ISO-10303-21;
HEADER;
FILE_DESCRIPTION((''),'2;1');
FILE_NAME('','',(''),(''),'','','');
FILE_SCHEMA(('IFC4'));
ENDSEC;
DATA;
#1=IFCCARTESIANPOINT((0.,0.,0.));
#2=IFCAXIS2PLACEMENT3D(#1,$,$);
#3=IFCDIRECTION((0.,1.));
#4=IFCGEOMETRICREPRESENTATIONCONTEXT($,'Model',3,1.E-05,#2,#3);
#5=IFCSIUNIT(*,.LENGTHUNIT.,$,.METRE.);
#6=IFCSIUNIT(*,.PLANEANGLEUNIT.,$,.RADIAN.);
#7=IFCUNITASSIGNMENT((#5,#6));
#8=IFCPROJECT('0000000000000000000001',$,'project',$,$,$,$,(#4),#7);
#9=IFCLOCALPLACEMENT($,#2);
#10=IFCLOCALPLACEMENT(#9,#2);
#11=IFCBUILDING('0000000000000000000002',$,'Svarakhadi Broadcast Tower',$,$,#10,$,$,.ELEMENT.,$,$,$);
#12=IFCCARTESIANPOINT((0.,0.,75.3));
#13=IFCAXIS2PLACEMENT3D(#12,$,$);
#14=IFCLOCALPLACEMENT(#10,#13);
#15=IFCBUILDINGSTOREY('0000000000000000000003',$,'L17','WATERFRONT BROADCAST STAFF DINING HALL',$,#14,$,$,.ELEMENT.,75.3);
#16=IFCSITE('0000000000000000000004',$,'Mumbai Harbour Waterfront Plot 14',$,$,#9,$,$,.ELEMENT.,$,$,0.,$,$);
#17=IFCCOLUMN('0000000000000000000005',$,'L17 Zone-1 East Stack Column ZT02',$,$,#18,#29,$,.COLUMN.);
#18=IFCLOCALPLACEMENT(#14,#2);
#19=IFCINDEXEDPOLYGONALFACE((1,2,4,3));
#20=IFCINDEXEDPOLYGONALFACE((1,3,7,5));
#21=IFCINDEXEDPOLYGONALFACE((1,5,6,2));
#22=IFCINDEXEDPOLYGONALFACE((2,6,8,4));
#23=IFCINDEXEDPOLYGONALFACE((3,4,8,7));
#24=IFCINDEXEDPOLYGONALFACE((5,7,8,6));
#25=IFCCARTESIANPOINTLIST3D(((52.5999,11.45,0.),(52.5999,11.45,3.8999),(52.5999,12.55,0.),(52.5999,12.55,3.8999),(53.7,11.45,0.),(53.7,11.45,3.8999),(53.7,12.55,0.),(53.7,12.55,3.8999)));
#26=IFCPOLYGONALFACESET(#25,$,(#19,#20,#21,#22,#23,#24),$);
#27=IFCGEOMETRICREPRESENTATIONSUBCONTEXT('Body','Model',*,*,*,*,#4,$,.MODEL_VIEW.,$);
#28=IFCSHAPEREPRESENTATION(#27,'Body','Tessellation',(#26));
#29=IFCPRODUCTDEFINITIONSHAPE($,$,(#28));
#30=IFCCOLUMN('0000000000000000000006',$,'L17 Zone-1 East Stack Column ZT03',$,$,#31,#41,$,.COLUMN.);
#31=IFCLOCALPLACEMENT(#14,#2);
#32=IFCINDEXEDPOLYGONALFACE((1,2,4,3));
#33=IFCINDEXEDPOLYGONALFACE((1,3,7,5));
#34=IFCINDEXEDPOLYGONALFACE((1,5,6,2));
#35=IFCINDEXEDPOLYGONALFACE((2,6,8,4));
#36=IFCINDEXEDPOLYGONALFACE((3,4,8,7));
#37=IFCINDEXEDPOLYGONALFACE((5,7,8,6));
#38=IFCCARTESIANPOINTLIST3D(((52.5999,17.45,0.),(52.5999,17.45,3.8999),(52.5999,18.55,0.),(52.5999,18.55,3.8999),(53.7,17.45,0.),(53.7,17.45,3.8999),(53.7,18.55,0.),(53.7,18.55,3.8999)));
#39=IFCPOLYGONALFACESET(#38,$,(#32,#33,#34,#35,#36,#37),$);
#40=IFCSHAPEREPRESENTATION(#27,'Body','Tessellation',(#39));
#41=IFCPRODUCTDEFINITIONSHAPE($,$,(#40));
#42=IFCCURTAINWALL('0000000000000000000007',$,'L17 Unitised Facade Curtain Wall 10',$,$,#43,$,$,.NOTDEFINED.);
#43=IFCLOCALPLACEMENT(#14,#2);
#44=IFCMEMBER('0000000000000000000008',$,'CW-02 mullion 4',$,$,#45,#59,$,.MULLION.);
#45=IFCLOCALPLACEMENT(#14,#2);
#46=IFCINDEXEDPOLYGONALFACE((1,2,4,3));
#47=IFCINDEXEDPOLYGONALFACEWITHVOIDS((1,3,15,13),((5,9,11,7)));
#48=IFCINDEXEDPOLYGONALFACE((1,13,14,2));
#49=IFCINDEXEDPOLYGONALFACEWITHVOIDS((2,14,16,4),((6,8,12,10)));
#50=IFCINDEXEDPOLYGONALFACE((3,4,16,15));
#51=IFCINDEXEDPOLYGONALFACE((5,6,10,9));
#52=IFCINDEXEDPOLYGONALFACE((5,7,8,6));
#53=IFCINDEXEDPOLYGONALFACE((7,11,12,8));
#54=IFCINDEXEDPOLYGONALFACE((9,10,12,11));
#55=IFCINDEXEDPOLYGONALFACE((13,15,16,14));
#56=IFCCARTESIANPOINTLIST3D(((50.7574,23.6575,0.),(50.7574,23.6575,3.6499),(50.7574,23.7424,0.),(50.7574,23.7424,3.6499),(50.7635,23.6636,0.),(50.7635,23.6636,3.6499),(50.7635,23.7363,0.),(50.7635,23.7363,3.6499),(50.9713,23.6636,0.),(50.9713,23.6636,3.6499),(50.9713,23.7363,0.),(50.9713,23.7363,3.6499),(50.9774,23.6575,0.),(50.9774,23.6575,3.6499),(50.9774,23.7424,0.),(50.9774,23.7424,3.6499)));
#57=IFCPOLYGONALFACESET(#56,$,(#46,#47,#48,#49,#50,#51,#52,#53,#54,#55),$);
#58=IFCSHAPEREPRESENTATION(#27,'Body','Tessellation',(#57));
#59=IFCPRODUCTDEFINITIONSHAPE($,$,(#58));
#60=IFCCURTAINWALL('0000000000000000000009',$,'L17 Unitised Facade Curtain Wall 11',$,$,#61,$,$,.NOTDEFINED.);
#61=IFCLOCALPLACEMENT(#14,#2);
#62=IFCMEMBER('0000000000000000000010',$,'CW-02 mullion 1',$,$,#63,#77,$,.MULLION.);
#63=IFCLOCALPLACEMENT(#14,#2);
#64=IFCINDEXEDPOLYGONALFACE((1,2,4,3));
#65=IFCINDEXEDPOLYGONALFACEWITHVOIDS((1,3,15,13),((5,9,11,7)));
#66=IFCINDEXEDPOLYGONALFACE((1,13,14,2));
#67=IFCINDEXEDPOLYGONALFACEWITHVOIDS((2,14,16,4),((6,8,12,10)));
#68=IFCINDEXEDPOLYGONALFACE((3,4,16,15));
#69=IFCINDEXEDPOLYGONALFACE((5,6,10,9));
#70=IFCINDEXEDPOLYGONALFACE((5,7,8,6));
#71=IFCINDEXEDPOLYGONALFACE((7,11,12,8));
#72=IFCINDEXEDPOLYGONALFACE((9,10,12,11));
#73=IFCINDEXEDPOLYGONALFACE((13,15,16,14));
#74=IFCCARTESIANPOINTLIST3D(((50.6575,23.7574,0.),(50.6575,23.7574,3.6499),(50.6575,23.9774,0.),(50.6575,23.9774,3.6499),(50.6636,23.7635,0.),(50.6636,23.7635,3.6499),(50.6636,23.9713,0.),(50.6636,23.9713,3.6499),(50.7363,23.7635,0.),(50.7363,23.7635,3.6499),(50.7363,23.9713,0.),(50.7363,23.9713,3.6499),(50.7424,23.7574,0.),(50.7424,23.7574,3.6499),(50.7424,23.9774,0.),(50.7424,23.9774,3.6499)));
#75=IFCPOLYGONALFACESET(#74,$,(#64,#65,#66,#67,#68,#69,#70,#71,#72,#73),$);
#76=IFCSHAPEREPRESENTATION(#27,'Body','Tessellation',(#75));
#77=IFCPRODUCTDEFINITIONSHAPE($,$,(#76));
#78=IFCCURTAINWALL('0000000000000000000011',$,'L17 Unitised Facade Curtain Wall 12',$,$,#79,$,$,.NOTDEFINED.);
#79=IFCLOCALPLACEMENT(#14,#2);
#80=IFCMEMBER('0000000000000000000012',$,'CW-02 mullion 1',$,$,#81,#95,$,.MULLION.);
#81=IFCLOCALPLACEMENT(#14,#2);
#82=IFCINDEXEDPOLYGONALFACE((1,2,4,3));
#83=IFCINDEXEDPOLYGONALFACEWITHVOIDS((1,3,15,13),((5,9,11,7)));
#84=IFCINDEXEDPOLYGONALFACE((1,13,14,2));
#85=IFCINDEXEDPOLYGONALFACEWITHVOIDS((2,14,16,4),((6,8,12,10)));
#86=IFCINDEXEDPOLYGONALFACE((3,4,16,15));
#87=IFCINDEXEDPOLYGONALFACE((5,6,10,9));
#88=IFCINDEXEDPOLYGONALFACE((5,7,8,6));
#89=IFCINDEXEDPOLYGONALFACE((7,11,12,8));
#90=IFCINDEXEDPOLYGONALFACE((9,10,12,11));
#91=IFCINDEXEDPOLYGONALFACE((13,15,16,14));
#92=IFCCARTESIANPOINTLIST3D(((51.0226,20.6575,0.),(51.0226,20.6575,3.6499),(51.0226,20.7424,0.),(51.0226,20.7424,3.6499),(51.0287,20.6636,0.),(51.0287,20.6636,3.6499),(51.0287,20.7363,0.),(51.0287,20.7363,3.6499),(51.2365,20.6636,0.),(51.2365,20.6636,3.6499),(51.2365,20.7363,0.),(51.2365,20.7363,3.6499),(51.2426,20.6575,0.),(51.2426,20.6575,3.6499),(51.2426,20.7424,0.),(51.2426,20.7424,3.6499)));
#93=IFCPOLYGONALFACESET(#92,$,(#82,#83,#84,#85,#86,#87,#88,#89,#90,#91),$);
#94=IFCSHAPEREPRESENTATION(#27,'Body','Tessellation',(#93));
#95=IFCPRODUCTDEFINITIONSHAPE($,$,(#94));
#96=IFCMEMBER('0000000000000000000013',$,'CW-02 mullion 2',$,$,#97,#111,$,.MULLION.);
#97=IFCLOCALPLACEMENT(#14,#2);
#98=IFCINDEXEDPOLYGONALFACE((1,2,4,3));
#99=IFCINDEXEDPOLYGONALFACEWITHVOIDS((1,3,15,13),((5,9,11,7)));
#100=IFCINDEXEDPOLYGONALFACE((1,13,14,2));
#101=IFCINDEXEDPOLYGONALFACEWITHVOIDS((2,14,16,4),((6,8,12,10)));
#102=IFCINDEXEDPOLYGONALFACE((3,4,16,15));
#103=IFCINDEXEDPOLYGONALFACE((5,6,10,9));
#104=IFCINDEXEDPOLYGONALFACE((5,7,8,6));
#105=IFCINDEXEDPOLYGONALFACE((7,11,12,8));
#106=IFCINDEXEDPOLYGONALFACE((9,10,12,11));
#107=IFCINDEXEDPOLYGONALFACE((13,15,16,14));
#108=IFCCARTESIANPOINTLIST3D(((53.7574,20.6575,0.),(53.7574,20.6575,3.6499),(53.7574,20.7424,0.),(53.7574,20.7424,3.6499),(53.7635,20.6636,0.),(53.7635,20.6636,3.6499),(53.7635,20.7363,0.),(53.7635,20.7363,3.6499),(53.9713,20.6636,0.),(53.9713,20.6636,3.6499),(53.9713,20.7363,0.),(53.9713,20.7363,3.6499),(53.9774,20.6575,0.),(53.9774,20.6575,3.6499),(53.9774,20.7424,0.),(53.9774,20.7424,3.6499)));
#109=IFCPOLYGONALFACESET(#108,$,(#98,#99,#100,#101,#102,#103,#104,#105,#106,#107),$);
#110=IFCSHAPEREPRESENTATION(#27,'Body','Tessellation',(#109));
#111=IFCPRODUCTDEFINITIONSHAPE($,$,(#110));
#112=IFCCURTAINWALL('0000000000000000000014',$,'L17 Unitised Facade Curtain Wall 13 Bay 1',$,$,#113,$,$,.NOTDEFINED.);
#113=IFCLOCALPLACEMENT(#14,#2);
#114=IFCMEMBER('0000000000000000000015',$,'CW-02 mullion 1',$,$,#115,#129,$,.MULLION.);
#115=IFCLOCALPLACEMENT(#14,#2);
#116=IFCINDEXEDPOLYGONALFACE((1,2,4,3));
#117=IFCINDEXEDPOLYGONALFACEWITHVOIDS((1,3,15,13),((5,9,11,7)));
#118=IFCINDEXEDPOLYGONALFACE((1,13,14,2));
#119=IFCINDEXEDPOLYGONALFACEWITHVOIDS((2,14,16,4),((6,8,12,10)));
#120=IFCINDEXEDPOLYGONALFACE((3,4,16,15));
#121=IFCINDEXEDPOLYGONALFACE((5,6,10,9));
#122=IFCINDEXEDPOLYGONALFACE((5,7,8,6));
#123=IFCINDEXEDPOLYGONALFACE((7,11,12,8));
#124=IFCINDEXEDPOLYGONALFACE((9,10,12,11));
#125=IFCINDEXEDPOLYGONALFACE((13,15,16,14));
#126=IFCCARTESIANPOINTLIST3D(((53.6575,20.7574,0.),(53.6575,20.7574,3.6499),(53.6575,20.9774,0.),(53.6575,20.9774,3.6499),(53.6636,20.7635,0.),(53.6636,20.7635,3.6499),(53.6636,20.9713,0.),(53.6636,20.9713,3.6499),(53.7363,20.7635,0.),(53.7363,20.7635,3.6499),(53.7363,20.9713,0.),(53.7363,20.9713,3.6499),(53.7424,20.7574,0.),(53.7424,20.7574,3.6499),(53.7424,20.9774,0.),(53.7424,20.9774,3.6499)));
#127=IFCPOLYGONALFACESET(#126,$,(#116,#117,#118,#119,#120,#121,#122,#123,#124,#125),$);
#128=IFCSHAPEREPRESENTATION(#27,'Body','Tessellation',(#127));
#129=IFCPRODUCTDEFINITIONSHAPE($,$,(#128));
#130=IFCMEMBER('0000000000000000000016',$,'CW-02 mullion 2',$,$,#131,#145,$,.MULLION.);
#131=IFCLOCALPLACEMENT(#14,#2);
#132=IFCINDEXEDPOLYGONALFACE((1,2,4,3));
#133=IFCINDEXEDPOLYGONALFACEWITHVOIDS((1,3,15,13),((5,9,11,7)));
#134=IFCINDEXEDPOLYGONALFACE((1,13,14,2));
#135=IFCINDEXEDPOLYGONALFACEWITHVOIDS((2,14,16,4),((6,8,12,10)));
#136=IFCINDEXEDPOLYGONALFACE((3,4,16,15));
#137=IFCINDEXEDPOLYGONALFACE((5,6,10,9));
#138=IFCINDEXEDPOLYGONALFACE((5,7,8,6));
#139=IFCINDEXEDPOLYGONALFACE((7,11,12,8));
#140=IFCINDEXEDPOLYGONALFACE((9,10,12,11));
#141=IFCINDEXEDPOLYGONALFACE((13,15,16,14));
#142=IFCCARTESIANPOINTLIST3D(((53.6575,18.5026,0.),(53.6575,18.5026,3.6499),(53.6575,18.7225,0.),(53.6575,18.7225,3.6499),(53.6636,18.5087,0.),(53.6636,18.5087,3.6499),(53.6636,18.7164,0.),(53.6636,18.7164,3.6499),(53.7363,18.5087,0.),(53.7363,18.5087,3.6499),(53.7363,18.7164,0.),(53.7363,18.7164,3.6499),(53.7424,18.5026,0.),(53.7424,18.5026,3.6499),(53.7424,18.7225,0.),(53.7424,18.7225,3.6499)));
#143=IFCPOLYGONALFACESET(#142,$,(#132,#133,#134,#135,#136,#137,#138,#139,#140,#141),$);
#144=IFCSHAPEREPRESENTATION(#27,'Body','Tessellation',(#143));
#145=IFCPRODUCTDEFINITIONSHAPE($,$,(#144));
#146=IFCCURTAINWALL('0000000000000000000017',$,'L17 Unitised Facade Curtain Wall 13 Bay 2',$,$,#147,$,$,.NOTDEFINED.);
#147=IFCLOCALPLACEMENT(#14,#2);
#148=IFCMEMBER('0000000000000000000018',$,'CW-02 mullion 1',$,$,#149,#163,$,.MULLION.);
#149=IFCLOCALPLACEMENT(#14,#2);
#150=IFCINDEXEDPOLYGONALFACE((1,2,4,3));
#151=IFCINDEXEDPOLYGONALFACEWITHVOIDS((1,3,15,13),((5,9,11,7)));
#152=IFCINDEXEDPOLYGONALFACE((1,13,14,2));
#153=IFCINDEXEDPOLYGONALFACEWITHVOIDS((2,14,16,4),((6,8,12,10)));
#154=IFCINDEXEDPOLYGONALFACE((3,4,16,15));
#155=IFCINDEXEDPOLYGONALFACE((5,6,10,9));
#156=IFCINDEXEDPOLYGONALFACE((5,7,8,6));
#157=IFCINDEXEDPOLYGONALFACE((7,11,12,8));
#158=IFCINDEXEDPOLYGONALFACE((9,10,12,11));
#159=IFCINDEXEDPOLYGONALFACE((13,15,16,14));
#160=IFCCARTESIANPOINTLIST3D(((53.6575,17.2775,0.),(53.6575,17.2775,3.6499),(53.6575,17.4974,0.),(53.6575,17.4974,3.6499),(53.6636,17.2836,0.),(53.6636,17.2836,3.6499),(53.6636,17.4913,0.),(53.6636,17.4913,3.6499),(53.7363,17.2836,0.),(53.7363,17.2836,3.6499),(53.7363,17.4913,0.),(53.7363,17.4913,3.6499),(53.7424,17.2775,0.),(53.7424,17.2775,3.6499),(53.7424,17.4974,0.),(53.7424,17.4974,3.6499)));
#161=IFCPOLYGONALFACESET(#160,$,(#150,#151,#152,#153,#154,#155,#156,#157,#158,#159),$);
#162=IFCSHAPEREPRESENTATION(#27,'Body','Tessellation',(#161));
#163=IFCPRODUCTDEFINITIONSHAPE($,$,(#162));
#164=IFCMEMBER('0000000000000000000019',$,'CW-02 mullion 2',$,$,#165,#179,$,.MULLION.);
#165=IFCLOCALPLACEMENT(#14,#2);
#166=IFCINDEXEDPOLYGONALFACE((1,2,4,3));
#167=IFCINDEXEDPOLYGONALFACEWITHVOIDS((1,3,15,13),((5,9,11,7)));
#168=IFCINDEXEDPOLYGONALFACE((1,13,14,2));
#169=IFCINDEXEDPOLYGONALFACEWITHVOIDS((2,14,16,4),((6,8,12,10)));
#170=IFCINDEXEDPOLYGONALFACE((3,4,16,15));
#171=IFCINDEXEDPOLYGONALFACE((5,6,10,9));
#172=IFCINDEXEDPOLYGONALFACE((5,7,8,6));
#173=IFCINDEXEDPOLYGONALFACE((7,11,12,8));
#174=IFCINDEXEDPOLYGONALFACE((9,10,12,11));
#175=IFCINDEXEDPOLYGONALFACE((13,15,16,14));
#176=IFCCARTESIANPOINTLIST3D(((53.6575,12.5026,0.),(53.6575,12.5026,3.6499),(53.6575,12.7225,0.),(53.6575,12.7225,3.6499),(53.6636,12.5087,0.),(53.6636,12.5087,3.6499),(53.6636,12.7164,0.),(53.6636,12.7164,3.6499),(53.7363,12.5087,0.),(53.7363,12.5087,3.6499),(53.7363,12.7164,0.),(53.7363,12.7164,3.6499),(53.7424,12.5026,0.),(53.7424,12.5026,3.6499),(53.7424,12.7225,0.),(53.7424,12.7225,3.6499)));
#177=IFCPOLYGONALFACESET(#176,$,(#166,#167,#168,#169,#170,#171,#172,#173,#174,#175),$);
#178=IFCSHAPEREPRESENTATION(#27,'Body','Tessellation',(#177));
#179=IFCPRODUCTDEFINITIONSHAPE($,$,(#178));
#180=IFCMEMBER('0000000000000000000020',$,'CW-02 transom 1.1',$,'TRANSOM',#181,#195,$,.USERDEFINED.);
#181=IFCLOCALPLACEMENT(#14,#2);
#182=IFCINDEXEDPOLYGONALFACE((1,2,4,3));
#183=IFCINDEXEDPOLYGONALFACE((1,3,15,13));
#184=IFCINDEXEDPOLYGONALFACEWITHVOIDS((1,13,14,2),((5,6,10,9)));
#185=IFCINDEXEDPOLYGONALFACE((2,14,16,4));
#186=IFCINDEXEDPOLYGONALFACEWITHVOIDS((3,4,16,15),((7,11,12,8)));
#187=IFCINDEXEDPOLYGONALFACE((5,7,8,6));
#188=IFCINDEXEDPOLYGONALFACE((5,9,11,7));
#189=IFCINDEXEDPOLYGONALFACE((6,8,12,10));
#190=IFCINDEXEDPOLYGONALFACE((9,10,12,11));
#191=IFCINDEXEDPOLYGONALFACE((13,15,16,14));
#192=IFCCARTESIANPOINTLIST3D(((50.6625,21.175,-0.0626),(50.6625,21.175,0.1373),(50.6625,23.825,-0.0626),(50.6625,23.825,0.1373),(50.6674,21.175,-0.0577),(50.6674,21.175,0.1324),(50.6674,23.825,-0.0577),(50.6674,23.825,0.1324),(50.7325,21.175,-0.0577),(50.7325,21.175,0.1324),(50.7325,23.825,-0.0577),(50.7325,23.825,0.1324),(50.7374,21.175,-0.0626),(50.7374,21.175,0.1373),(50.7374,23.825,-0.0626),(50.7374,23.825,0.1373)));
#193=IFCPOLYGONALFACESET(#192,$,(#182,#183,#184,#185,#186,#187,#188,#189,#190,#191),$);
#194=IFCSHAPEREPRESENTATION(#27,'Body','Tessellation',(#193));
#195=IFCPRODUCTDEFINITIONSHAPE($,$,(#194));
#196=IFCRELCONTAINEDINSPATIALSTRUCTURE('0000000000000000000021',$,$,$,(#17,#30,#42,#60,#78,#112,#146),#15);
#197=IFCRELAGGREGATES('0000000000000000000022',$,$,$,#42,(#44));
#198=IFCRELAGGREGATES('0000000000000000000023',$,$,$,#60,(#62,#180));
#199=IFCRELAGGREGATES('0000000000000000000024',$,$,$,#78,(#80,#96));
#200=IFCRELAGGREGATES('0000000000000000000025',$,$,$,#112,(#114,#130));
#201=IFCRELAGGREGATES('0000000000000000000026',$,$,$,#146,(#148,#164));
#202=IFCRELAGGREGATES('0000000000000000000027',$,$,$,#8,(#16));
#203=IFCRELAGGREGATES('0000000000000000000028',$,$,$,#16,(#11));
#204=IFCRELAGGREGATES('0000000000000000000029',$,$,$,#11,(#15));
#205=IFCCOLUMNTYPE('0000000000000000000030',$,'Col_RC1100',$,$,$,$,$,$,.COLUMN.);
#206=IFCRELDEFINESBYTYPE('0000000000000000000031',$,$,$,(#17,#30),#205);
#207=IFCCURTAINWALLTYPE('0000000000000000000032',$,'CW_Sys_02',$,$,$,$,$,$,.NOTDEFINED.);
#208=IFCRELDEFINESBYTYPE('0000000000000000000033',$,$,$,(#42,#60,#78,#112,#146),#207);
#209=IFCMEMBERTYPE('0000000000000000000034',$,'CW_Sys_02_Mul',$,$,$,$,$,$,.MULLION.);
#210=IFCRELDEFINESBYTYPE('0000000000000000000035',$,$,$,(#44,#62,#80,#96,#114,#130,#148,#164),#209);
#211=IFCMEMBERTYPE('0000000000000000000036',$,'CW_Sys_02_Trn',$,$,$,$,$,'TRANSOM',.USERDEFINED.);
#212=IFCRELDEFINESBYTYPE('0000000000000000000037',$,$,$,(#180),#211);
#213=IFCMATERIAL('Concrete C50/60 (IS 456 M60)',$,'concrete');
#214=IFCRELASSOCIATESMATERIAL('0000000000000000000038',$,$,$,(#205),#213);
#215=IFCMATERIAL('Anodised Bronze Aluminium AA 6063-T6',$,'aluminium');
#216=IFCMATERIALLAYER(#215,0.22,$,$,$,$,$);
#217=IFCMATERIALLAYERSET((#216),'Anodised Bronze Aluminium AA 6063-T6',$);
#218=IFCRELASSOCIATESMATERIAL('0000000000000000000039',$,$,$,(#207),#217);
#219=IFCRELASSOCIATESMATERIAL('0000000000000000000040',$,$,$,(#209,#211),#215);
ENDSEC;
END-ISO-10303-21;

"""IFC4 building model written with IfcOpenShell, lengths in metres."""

from ifc_helpers import new_model, si_unit, direction, frame, origin, origin_2d, place, context, subcontext, project, spatial, rectangle, hollow_rectangle, extrude, material, layer, layer_set, material_profile, profile_set, type_object, element, aggregate, save


model = new_model("IFC4")

# Units and contexts
model_context = context("Model", 3, precision=1e-05, world=origin(), true_north=direction((0.0, 1.0)))
body_context = subcontext(model_context, "Body", "Model", "MODEL_VIEW")
ifc_project = project(units=[si_unit("LENGTHUNIT", "METRE"), si_unit("PLANEANGLEUNIT", "RADIAN")], contexts=[model_context])

# Site, building, storey
site_placement = place(None, origin())
site = spatial("IfcSite", under=ifc_project, at=site_placement, Name="Mumbai Harbour Waterfront Plot 14", CompositionType="ELEMENT", RefElevation=0.0)
building_placement = place(site_placement, origin())
building = spatial("IfcBuilding", under=site, at=building_placement, Name="Svarakhadi Broadcast Tower", CompositionType="ELEMENT")
storey_placement = place(building_placement, frame((0.0, 0.0, 75.3)))
storey = spatial("IfcBuildingStorey", under=building, at=storey_placement, Name="L17", Description="WATERFRONT BROADCAST STAFF DINING HALL", CompositionType="ELEMENT", Elevation=75.3)

# Columns
ifc_material_1 = material(Name="Concrete C50/60 (IS 456 M60)", Category="concrete")
ifc_material_profile_1 = material_profile(ifc_material_1, rectangle(XDim=1.1001, YDim=1.1001, at=origin_2d()), Name="RC 1100x1100")
ifc_profile_set_1 = profile_set([ifc_material_profile_1], Name="Concrete C50/60 (IS 456 M60)")
column_type = type_object("IfcColumnType", Name="Col_RC1100", PredefinedType="COLUMN", material=ifc_profile_set_1)
for number, where, z_axis, x_axis, name in (
    (1, (53.1499, 12.0, 0.0), (0.0, 0.0, 1.0), (1.0, 0.0, 0.0), "L17 Zone-1 East Stack Column ZT02"),
    (2, (53.1499, 18.0, 0.0), (0.0, 0.0, 1.0), (1.0, 0.0, 0.0), "L17 Zone-1 East Stack Column ZT03"),
):
    element("IfcColumn", number, at=place(storey_placement, frame(where, z_axis=z_axis, x_axis=x_axis)), inside=storey, type_object=column_type, Name=name, PredefinedType="COLUMN", context=body_context, shape_type="SweptSolid", body=[
        extrude(rectangle(XDim=1.1001, YDim=1.1001, at=origin_2d()), origin(), (0.0, 0.0, 1.0), 3.8999),
    ])

# Curtain walls, members
ifc_material_2 = material(Name="Anodised Bronze Aluminium AA 6063-T6", Category="aluminium")
ifc_layer_1 = layer(ifc_material_2, 0.22)
ifc_layer_set_1 = layer_set([ifc_layer_1], Name="Anodised Bronze Aluminium AA 6063-T6")
curtain_wall_type = type_object("IfcCurtainWallType", Name="CW_Sys_02", PredefinedType="NOTDEFINED", material=ifc_layer_set_1)
curtain_wall_1_placement = place(storey_placement, origin())
curtain_wall_1 = element("IfcCurtainWall", 3, at=curtain_wall_1_placement, inside=storey, type_object=curtain_wall_type, Name="L17 Unitised Facade Curtain Wall 10", PredefinedType="NOTDEFINED")
ifc_material_profile_2 = material_profile(ifc_material_2, hollow_rectangle(XDim=0.085, YDim=0.22, WallThickness=0.0061, at=origin_2d()), Name="ALU MULLION 220x85x6")
ifc_profile_set_2 = profile_set([ifc_material_profile_2], Name="Anodised Bronze Aluminium AA 6063-T6")
member_type_1 = type_object("IfcMemberType", Name="CW_Sys_02_Mul", PredefinedType="MULLION", material=ifc_profile_set_2)
member_1_placement = place(storey_placement, frame((50.8674, 23.7, 0.0), z_axis=(0.0, 0.0, 1.0), x_axis=(0.0, 1.0, 0.0)))
member_1 = element("IfcMember", 4, at=member_1_placement, type_object=member_type_1, Name="CW-02 mullion 4", PredefinedType="MULLION", context=body_context, shape_type="SweptSolid", body=[
    extrude(hollow_rectangle(XDim=0.085, YDim=0.22, WallThickness=0.0061, at=origin_2d()), origin(), (0.0, 0.0, 1.0), 3.6499),
])
aggregate(curtain_wall_1, [member_1])
curtain_wall_2_placement = place(storey_placement, origin())
curtain_wall_2 = element("IfcCurtainWall", 5, at=curtain_wall_2_placement, inside=storey, type_object=curtain_wall_type, Name="L17 Unitised Facade Curtain Wall 11", PredefinedType="NOTDEFINED")
member_2_placement = place(storey_placement, frame((50.7, 23.8674, 0.0), z_axis=(0.0, 0.0, 1.0), x_axis=(1.0, 0.0, 0.0)))
member_2 = element("IfcMember", 6, at=member_2_placement, type_object=member_type_1, Name="CW-02 mullion 1", PredefinedType="MULLION", context=body_context, shape_type="SweptSolid", body=[
    extrude(hollow_rectangle(XDim=0.085, YDim=0.22, WallThickness=0.0061, at=origin_2d()), origin(), (0.0, 0.0, 1.0), 3.6499),
])

# Curtain walls, members
curtain_wall_3_placement = place(storey_placement, origin())
curtain_wall_3 = element("IfcCurtainWall", 7, at=curtain_wall_3_placement, inside=storey, type_object=curtain_wall_type, Name="L17 Unitised Facade Curtain Wall 12", PredefinedType="NOTDEFINED")
member_3_placement = place(storey_placement, frame((51.1326, 20.7, 0.0), z_axis=(0.0, 0.0, 1.0), x_axis=(0.0, 1.0, 0.0)))
member_3 = element("IfcMember", 8, at=member_3_placement, type_object=member_type_1, Name="CW-02 mullion 1", PredefinedType="MULLION", context=body_context, shape_type="SweptSolid", body=[
    extrude(hollow_rectangle(XDim=0.085, YDim=0.22, WallThickness=0.0061, at=origin_2d()), origin(), (0.0, 0.0, 1.0), 3.6499),
])
member_4_placement = place(storey_placement, frame((53.8674, 20.7, 0.0), z_axis=(0.0, 0.0, 1.0), x_axis=(0.0, 1.0, 0.0)))
member_4 = element("IfcMember", 9, at=member_4_placement, type_object=member_type_1, Name="CW-02 mullion 2", PredefinedType="MULLION", context=body_context, shape_type="SweptSolid", body=[
    extrude(hollow_rectangle(XDim=0.085, YDim=0.22, WallThickness=0.0061, at=origin_2d()), origin(), (0.0, 0.0, 1.0), 3.6499),
])
curtain_wall_4_placement = place(storey_placement, origin())
curtain_wall_4 = element("IfcCurtainWall", 10, at=curtain_wall_4_placement, inside=storey, type_object=curtain_wall_type, Name="L17 Unitised Facade Curtain Wall 13 Bay 1", PredefinedType="NOTDEFINED")
member_5_placement = place(storey_placement, frame((53.7, 20.8674, 0.0), z_axis=(0.0, 0.0, 1.0), x_axis=(1.0, 0.0, 0.0)))
member_5 = element("IfcMember", 11, at=member_5_placement, type_object=member_type_1, Name="CW-02 mullion 1", PredefinedType="MULLION", context=body_context, shape_type="SweptSolid", body=[
    extrude(hollow_rectangle(XDim=0.085, YDim=0.22, WallThickness=0.0061, at=origin_2d()), origin(), (0.0, 0.0, 1.0), 3.6499),
])
member_6_placement = place(storey_placement, frame((53.7, 18.6125, 0.0), z_axis=(0.0, 0.0, 1.0), x_axis=(1.0, 0.0, 0.0)))
member_6 = element("IfcMember", 12, at=member_6_placement, type_object=member_type_1, Name="CW-02 mullion 2", PredefinedType="MULLION", context=body_context, shape_type="SweptSolid", body=[
    extrude(hollow_rectangle(XDim=0.085, YDim=0.22, WallThickness=0.0061, at=origin_2d()), origin(), (0.0, 0.0, 1.0), 3.6499),
])
curtain_wall_5_placement = place(storey_placement, origin())
curtain_wall_5 = element("IfcCurtainWall", 13, at=curtain_wall_5_placement, inside=storey, type_object=curtain_wall_type, Name="L17 Unitised Facade Curtain Wall 13 Bay 2", PredefinedType="NOTDEFINED")
member_7_placement = place(storey_placement, frame((53.7, 17.3875, 0.0), z_axis=(0.0, 0.0, 1.0), x_axis=(1.0, 0.0, 0.0)))
member_7 = element("IfcMember", 14, at=member_7_placement, type_object=member_type_1, Name="CW-02 mullion 1", PredefinedType="MULLION", context=body_context, shape_type="SweptSolid", body=[
    extrude(hollow_rectangle(XDim=0.085, YDim=0.22, WallThickness=0.0061, at=origin_2d()), origin(), (0.0, 0.0, 1.0), 3.6499),
])
member_8_placement = place(storey_placement, frame((53.7, 12.6125, 0.0), z_axis=(0.0, 0.0, 1.0), x_axis=(1.0, 0.0, 0.0)))
member_8 = element("IfcMember", 15, at=member_8_placement, type_object=member_type_1, Name="CW-02 mullion 2", PredefinedType="MULLION", context=body_context, shape_type="SweptSolid", body=[
    extrude(hollow_rectangle(XDim=0.085, YDim=0.22, WallThickness=0.0061, at=origin_2d()), origin(), (0.0, 0.0, 1.0), 3.6499),
])

# Member
ifc_material_profile_3 = material_profile(ifc_material_2, hollow_rectangle(XDim=0.075, YDim=0.2, WallThickness=0.0049, at=origin_2d()), Name="ALU TRANSOM 200x75x5")
ifc_profile_set_3 = profile_set([ifc_material_profile_3], Name="Anodised Bronze Aluminium AA 6063-T6")
member_type_2 = type_object("IfcMemberType", Name="CW_Sys_02_Trn", ElementType="TRANSOM", PredefinedType="USERDEFINED", material=ifc_profile_set_3)
member_9_placement = place(storey_placement, frame((50.7, 23.825, 0.0374), z_axis=(0.0, -1.0, 0.0), x_axis=(1.0, 0.0, 0.0)))
member_9 = element("IfcMember", 16, at=member_9_placement, type_object=member_type_2, Name="CW-02 transom 1.1", ObjectType="TRANSOM", PredefinedType="USERDEFINED", context=body_context, shape_type="SweptSolid", body=[
    extrude(hollow_rectangle(XDim=0.075, YDim=0.2, WallThickness=0.0049, at=origin_2d()), origin(), (0.0, 0.0, 1.0), 2.6499),
])

aggregate(curtain_wall_2, [member_2, member_9])
aggregate(curtain_wall_3, [member_3, member_4])
aggregate(curtain_wall_4, [member_5, member_6])
aggregate(curtain_wall_5, [member_7, member_8])

save(model, "model.ifc")
